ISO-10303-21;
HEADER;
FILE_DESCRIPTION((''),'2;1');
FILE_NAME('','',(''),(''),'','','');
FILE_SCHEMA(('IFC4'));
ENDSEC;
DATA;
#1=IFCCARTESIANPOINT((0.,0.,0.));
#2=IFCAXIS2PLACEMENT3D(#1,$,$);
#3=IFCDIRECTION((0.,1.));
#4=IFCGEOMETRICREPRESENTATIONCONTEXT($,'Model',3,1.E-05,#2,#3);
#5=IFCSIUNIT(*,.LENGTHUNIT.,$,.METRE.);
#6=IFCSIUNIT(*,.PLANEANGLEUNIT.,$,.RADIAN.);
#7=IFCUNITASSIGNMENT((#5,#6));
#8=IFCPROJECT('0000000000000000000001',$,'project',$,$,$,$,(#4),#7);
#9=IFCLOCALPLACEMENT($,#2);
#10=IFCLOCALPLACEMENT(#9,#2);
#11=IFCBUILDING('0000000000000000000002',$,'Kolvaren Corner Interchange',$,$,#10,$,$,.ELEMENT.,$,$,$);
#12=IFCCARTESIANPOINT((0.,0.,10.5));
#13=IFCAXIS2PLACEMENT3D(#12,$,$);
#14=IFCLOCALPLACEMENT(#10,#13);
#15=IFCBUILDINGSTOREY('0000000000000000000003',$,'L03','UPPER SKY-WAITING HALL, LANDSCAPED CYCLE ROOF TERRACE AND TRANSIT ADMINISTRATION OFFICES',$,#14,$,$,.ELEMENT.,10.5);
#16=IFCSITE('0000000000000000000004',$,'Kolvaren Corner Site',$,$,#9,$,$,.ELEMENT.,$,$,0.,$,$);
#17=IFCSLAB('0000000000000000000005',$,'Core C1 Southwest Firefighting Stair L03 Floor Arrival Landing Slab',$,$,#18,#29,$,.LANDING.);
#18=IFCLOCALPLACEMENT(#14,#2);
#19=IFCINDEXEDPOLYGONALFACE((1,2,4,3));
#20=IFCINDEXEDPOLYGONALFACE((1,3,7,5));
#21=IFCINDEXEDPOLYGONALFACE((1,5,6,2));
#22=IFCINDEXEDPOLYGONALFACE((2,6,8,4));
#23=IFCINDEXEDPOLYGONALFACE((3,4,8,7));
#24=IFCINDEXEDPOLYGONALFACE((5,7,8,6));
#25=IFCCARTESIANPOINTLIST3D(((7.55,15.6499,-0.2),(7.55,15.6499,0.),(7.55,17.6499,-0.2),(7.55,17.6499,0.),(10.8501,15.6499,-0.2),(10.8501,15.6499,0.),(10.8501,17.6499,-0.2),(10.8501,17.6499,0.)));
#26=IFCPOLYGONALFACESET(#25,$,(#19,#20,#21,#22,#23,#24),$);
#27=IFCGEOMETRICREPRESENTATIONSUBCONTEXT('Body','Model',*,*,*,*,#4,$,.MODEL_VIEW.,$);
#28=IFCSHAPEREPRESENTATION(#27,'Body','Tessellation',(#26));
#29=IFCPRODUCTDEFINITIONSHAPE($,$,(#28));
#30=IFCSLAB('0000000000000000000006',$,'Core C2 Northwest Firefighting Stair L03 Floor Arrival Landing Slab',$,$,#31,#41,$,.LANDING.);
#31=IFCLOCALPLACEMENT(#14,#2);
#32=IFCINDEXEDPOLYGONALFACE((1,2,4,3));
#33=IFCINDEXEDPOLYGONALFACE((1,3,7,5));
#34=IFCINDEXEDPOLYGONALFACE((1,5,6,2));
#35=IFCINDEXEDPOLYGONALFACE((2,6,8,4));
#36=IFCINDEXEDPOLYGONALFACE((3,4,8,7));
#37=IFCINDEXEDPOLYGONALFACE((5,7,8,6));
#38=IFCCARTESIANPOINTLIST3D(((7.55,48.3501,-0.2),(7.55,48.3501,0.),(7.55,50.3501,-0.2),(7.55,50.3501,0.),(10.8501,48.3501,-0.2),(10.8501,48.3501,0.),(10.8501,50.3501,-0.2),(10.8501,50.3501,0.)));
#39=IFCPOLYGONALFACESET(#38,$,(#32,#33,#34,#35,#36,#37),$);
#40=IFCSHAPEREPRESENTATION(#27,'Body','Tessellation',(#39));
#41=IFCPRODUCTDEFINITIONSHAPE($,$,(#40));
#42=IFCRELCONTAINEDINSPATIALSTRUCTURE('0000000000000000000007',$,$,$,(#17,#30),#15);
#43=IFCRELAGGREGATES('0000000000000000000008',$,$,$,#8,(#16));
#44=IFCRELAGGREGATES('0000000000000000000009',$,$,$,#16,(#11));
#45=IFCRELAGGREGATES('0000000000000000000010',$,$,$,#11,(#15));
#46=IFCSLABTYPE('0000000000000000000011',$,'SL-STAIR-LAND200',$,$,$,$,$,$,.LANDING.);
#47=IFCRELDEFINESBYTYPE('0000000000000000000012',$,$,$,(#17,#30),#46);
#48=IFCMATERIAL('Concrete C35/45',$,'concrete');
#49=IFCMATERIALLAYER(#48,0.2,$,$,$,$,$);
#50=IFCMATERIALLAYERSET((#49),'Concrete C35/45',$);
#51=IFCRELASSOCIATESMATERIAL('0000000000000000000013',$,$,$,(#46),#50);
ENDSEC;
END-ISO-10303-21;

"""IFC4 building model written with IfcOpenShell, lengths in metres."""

from ifc_helpers import new_model, si_unit, direction, frame, origin, place, context, subcontext, project, spatial, polyline, outline, extrude, material, layer, layer_set, type_object, element, save


model = new_model("IFC4")

# Units and contexts
model_context = context("Model", 3, precision=1e-05, world=origin(), true_north=direction((0.0, 1.0)))
body_context = subcontext(model_context, "Body", "Model", "MODEL_VIEW")
ifc_project = project(units=[si_unit("LENGTHUNIT", "METRE"), si_unit("PLANEANGLEUNIT", "RADIAN")], contexts=[model_context])

# Site, building, storey
site_placement = place(None, origin())
site = spatial("IfcSite", under=ifc_project, at=site_placement, Name="Kolvaren Corner Site", CompositionType="ELEMENT", RefElevation=0.0)
building_placement = place(site_placement, origin())
building = spatial("IfcBuilding", under=site, at=building_placement, Name="Kolvaren Corner Interchange", CompositionType="ELEMENT")
storey_placement = place(building_placement, frame((0.0, 0.0, 10.5)))
storey = spatial("IfcBuildingStorey", under=building, at=storey_placement, Name="L03", Description="UPPER SKY-WAITING HALL, LANDSCAPED CYCLE ROOF TERRACE AND TRANSIT ADMINISTRATION OFFICES", CompositionType="ELEMENT", Elevation=10.5)

# Slabs
ifc_material_1 = material(Name="Concrete C35/45", Category="concrete")
ifc_layer_1 = layer(ifc_material_1, 0.2)
ifc_layer_set_1 = layer_set([ifc_layer_1], Name="Concrete C35/45")
slab_type_1 = type_object("IfcSlabType", Name="SL-STAIR-LAND200", PredefinedType="LANDING", material=ifc_layer_set_1)
slab_1_placement = place(storey_placement, frame((0.0, 0.0, -0.2)))
element("IfcSlab", 1, at=slab_1_placement, inside=storey, type_object=slab_type_1, Name="Core C1 Southwest Firefighting Stair L03 Floor Arrival Landing Slab", PredefinedType="LANDING", context=body_context, shape_type="SweptSolid", body=[
    extrude(outline(polyline([(7.55, 17.6499), (7.55, 15.6499), (10.8501, 15.6499), (10.8501, 17.6499), (7.55, 17.6499)])), origin(), (0.0, 0.0, 1.0), 0.2),
])
slab_2_placement = place(storey_placement, frame((0.0, 0.0, -0.2)))
element("IfcSlab", 2, at=slab_2_placement, inside=storey, type_object=slab_type_1, Name="Core C2 Northwest Firefighting Stair L03 Floor Arrival Landing Slab", PredefinedType="LANDING", context=body_context, shape_type="SweptSolid", body=[
    extrude(outline(polyline([(10.8501, 48.3501), (10.8501, 50.3501), (7.55, 50.3501), (7.55, 48.3501), (10.8501, 48.3501)])), origin(), (0.0, 0.0, 1.0), 0.2),
])

save(model, "model.ifc")
